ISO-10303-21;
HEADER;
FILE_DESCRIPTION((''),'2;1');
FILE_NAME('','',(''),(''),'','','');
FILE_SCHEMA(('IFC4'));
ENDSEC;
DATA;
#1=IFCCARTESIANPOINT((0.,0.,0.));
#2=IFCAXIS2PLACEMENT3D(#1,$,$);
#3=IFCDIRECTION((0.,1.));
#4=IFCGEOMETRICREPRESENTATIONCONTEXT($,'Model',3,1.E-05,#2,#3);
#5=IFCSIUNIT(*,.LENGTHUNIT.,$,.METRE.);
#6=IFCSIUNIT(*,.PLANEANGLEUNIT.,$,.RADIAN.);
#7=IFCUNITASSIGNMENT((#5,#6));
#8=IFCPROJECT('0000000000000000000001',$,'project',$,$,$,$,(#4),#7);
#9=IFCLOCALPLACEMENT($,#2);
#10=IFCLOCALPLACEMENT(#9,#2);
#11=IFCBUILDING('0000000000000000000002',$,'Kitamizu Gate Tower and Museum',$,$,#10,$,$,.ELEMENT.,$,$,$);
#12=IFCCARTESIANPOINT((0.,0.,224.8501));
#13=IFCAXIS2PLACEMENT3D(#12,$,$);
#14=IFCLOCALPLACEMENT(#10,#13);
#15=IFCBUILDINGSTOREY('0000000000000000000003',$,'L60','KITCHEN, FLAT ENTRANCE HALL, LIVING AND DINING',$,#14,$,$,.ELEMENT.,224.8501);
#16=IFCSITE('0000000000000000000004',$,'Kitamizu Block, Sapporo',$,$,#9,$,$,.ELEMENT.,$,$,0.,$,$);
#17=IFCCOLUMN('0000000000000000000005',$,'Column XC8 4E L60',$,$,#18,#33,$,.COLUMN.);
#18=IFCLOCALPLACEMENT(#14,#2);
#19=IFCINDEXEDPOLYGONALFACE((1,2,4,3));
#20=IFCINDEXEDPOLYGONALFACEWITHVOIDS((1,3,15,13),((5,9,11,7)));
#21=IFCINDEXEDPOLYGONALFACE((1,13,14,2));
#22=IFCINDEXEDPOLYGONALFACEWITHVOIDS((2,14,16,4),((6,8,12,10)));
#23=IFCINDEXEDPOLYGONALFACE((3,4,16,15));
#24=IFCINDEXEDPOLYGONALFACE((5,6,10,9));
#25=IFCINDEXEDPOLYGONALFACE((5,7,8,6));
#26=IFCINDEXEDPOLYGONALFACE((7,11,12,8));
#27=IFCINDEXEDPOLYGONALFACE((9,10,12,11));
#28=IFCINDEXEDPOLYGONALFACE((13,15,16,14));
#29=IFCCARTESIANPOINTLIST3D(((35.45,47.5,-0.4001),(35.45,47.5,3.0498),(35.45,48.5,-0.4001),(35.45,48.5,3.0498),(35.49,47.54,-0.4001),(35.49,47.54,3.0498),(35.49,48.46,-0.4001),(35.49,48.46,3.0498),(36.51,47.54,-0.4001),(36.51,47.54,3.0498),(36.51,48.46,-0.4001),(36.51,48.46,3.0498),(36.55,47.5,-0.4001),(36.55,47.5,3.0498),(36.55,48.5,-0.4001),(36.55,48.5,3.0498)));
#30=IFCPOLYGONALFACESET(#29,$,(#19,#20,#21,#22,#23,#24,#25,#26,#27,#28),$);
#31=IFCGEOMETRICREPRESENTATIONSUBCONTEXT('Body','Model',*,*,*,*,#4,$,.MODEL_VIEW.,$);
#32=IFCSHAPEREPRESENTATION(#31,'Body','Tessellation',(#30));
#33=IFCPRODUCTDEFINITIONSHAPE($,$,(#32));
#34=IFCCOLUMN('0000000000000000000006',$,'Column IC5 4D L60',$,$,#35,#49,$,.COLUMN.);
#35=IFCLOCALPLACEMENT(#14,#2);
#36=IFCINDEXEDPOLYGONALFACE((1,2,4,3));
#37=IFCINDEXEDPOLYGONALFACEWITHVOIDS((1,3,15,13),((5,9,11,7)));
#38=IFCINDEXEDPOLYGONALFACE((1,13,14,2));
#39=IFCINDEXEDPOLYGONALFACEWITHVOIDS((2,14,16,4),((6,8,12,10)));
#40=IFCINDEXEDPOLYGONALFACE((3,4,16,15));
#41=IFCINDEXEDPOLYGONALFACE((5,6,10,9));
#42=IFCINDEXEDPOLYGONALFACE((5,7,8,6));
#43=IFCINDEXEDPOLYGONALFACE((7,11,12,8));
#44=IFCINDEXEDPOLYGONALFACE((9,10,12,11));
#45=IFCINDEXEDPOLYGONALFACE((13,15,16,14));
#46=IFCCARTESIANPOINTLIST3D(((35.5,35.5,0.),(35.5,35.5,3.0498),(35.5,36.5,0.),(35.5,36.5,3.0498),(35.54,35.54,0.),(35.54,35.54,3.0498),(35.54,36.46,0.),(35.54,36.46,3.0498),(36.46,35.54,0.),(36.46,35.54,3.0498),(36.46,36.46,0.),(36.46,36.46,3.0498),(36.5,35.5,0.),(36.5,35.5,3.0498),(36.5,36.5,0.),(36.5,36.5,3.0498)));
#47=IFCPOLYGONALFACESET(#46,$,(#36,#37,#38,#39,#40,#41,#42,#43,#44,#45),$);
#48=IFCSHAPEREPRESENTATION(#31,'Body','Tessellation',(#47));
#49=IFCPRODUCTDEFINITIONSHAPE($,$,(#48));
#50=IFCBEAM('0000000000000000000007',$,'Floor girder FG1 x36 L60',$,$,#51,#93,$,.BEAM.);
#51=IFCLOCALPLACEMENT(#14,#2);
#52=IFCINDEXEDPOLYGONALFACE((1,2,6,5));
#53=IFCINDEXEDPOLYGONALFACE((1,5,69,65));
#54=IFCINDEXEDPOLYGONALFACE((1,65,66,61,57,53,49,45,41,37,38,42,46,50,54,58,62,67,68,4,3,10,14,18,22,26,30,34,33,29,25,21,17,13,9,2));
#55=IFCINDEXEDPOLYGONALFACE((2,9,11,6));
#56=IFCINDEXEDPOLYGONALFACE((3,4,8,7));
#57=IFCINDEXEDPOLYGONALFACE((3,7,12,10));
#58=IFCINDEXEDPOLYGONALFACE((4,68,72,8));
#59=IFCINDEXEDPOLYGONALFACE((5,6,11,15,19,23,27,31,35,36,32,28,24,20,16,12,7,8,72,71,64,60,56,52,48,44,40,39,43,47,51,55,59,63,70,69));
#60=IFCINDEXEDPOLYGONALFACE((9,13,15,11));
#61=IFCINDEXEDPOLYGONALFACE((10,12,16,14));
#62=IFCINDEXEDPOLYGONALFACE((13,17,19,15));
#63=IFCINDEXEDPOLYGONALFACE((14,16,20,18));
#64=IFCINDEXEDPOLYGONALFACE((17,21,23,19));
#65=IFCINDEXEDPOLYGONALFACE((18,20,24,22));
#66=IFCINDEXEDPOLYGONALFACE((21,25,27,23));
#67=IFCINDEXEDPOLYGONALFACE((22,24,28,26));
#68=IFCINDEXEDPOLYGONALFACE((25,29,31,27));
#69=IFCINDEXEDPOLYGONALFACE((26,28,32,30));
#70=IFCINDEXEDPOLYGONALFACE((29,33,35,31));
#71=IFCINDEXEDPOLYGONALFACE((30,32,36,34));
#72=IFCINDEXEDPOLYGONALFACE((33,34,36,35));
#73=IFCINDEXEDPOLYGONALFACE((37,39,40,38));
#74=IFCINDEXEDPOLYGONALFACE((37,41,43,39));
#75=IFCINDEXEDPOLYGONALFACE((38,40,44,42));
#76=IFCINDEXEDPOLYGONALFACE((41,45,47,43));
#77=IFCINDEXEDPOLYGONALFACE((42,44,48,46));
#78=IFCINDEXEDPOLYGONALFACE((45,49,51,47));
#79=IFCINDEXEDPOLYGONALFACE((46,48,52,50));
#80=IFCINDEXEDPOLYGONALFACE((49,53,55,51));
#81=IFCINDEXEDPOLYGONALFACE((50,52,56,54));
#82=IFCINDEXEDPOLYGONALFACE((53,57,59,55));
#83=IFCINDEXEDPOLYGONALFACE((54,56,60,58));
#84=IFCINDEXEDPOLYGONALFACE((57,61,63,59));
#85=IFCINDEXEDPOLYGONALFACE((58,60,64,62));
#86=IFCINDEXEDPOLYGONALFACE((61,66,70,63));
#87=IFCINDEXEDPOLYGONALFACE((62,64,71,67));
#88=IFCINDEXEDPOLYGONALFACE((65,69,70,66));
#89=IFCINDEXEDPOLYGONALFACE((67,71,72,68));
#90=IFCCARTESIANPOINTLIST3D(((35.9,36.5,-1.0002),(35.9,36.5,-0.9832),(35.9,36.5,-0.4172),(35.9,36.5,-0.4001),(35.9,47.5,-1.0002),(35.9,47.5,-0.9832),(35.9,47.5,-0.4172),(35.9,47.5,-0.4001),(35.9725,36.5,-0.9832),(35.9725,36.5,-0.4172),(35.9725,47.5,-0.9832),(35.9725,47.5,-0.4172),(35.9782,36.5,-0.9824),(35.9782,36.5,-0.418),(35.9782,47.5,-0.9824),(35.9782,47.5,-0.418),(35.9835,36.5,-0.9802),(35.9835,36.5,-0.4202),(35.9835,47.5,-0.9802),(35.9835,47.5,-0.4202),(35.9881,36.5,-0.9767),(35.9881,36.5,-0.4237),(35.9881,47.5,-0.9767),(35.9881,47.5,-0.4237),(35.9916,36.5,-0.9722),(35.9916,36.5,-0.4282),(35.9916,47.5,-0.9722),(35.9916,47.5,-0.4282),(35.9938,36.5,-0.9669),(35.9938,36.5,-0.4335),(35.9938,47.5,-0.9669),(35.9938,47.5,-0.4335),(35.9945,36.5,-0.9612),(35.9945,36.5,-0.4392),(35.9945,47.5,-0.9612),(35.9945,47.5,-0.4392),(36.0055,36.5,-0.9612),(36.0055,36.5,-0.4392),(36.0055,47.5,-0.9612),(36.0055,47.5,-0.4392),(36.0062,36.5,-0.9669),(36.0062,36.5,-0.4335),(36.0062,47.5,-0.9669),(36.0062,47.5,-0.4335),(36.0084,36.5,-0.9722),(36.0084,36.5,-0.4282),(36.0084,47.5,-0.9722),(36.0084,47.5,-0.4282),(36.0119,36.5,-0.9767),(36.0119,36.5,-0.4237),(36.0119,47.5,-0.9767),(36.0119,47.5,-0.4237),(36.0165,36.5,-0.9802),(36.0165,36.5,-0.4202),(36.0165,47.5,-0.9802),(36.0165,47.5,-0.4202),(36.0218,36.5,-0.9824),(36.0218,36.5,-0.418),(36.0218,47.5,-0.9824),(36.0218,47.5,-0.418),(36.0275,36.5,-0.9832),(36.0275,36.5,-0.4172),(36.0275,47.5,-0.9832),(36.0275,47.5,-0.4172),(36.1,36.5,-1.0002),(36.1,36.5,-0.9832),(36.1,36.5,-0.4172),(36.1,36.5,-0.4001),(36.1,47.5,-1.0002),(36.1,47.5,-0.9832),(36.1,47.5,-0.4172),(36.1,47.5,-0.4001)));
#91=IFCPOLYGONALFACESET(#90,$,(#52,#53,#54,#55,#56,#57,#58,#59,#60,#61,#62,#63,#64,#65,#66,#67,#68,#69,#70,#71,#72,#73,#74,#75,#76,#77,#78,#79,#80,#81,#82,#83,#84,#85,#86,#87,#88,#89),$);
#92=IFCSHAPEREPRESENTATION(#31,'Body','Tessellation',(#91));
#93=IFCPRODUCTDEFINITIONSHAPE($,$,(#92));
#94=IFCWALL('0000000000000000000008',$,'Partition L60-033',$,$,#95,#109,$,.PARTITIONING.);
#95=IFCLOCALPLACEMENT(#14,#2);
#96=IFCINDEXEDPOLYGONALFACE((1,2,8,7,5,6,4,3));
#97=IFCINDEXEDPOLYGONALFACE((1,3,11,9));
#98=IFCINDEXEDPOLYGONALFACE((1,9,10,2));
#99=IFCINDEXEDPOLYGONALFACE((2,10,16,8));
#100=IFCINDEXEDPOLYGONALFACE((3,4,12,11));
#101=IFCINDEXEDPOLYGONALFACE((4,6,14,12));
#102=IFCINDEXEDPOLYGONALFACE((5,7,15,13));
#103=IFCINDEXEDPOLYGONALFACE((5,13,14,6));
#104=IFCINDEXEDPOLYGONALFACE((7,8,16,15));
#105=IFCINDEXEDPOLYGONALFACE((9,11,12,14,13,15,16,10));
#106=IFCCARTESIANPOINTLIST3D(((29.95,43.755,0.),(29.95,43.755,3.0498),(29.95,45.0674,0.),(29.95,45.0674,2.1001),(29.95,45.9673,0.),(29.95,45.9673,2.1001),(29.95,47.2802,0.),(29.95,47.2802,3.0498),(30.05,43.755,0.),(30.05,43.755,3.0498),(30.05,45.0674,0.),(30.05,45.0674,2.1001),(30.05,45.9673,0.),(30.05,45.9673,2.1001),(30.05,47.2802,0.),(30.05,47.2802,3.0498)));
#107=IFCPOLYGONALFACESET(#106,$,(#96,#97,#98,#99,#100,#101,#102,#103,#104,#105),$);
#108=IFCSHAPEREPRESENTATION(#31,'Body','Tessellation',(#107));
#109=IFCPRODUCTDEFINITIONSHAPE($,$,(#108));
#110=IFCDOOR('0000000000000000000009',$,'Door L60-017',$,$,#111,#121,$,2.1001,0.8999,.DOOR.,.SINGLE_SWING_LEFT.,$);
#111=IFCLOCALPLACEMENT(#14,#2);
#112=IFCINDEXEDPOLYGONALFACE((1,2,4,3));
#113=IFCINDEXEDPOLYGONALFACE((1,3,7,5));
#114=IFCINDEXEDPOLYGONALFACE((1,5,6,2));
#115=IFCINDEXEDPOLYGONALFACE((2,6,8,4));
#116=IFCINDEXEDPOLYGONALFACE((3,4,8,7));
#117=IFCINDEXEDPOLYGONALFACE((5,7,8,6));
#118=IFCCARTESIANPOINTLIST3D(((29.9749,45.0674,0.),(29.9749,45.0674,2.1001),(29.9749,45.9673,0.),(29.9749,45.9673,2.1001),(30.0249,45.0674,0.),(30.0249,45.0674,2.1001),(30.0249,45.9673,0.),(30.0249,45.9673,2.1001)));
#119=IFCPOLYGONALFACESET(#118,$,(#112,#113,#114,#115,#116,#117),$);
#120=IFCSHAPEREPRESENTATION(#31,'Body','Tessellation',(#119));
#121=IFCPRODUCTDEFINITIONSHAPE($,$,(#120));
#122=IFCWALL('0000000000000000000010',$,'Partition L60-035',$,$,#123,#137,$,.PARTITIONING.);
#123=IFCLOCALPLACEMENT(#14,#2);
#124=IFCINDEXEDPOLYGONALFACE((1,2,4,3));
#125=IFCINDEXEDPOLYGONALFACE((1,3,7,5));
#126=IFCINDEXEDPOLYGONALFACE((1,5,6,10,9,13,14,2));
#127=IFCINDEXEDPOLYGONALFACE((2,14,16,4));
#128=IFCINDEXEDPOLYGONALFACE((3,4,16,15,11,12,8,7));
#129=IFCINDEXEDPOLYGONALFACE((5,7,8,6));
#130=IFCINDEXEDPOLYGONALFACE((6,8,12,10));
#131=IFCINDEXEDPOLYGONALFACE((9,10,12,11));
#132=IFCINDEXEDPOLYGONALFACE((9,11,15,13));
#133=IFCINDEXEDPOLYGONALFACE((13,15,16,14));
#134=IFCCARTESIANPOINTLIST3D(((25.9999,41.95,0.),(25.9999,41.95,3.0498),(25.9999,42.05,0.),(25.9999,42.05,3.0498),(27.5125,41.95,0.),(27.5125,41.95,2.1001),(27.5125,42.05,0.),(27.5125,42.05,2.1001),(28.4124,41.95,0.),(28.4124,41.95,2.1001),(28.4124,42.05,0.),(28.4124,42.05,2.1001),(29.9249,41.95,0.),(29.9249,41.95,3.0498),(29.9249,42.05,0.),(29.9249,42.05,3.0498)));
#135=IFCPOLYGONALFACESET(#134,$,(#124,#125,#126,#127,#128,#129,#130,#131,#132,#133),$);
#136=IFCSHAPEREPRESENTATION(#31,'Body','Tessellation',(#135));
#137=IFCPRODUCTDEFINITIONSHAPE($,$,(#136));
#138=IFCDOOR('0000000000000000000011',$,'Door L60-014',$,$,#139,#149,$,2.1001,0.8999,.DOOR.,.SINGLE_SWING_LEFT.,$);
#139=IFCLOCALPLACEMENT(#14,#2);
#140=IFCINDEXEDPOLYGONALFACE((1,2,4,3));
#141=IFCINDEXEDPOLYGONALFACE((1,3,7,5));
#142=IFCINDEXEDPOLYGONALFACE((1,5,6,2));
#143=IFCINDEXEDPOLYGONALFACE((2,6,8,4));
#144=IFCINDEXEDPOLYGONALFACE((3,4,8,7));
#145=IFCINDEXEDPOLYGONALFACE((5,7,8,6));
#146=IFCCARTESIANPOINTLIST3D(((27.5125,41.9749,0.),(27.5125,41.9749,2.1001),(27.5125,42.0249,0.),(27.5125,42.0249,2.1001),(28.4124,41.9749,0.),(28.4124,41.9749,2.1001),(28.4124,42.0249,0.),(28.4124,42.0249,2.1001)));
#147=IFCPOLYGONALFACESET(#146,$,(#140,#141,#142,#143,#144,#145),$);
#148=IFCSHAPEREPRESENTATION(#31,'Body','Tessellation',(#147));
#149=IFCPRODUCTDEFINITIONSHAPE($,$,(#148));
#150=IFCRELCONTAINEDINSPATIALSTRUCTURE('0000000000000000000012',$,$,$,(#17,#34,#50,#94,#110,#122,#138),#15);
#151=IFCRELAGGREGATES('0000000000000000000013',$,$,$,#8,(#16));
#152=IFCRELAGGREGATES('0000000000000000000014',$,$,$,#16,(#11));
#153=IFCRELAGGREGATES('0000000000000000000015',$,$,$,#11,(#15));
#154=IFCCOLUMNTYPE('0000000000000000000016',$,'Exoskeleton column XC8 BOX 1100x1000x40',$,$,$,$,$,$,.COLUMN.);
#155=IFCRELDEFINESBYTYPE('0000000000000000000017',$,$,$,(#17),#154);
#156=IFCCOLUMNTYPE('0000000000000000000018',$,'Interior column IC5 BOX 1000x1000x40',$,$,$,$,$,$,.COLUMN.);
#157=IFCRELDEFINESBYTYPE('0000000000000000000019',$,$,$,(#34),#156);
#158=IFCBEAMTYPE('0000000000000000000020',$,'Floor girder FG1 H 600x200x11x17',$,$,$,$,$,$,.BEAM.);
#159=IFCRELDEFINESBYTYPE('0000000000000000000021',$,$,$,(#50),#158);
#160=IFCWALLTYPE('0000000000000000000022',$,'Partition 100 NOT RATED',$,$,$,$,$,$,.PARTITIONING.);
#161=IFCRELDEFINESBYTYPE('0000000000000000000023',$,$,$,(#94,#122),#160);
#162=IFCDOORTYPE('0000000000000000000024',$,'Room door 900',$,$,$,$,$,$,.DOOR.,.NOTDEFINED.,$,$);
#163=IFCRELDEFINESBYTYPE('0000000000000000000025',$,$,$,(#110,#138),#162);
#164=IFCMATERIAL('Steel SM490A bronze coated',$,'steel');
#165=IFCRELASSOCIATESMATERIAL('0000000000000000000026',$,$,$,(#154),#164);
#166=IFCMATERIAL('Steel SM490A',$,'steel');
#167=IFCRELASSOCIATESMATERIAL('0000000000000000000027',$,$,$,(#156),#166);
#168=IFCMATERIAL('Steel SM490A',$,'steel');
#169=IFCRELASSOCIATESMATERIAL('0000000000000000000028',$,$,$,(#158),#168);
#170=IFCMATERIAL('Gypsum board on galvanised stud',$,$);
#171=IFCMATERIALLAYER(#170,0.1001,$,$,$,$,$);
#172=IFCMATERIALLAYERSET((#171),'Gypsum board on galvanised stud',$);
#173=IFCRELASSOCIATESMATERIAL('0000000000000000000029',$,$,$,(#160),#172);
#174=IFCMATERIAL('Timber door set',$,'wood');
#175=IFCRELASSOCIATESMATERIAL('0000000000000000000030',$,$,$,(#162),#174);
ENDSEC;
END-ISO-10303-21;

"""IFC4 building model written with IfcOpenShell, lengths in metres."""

from ifc_helpers import new_model, si_unit, direction, frame, frame_2d, origin, origin_2d, place, context, subcontext, project, spatial, rectangle, hollow_rectangle, i_section, extrude, material, layer, layer_set, material_profile, profile_set, type_object, element, fill, save


model = new_model("IFC4")

# Units and contexts
model_context = context("Model", 3, precision=1e-05, world=origin(), true_north=direction((0.0, 1.0)))
body_context = subcontext(model_context, "Body", "Model", "MODEL_VIEW")
ifc_project = project(units=[si_unit("LENGTHUNIT", "METRE"), si_unit("PLANEANGLEUNIT", "RADIAN")], contexts=[model_context])

# Site, building, storey
site_placement = place(None, origin())
site = spatial("IfcSite", under=ifc_project, at=site_placement, Name="Kitamizu Block, Sapporo", CompositionType="ELEMENT", RefElevation=0.0)
building_placement = place(site_placement, origin())
building = spatial("IfcBuilding", under=site, at=building_placement, Name="Kitamizu Gate Tower and Museum", CompositionType="ELEMENT")
storey_placement = place(building_placement, frame((0.0, 0.0, 224.8501)))
storey = spatial("IfcBuildingStorey", under=building, at=storey_placement, Name="L60", Description="KITCHEN, FLAT ENTRANCE HALL, LIVING AND DINING", CompositionType="ELEMENT", Elevation=224.8501)

# Columns
ifc_material_1 = material(Name="Steel SM490A bronze coated", Category="steel")
ifc_material_profile_1 = material_profile(ifc_material_1, hollow_rectangle(XDim=1.1001, YDim=1.0, WallThickness=0.04, at=origin_2d()), Name="BOX 1100x1000x40")
ifc_profile_set_1 = profile_set([ifc_material_profile_1], Name="Steel SM490A bronze coated")
column_type_1 = type_object("IfcColumnType", Name="Exoskeleton column XC8 BOX 1100x1000x40", PredefinedType="COLUMN", material=ifc_profile_set_1)
column_1_placement = place(storey_placement, frame((36.0, 48.0, -0.4001), z_axis=(0.0, 0.0, 1.0), x_axis=(1.0, 0.0, 0.0)))
element("IfcColumn", 1, at=column_1_placement, inside=storey, type_object=column_type_1, Name="Column XC8 4E L60", PredefinedType="COLUMN", context=body_context, shape_type="SweptSolid", body=[
    extrude(hollow_rectangle(XDim=1.1001, YDim=1.0, WallThickness=0.04, at=origin_2d()), origin(), (0.0, 0.0, 1.0), 3.45),
])
ifc_material_2 = material(Name="Steel SM490A", Category="steel")
ifc_material_profile_2 = material_profile(ifc_material_2, hollow_rectangle(XDim=1.0, YDim=1.0, WallThickness=0.04, at=origin_2d()), Name="BOX 1000x1000x40")
ifc_profile_set_2 = profile_set([ifc_material_profile_2], Name="Steel SM490A")
column_type_2 = type_object("IfcColumnType", Name="Interior column IC5 BOX 1000x1000x40", PredefinedType="COLUMN", material=ifc_profile_set_2)
column_2_placement = place(storey_placement, frame((36.0, 36.0, 0.0), z_axis=(0.0, 0.0, 1.0), x_axis=(1.0, 0.0, 0.0)))
element("IfcColumn", 2, at=column_2_placement, inside=storey, type_object=column_type_2, Name="Column IC5 4D L60", PredefinedType="COLUMN", context=body_context, shape_type="SweptSolid", body=[
    extrude(hollow_rectangle(XDim=1.0, YDim=1.0, WallThickness=0.04, at=origin_2d()), origin(), (0.0, 0.0, 1.0), 3.0498),
])

# Beam
ifc_material_3 = material(Name="Steel SM490A", Category="steel")
ifc_material_profile_3 = material_profile(ifc_material_3, i_section(OverallWidth=0.2, OverallDepth=0.6001, WebThickness=0.011, FlangeThickness=0.0171, FilletRadius=0.022, at=origin_2d()), Name="H-600x200x11x17")
ifc_profile_set_3 = profile_set([ifc_material_profile_3], Name="Steel SM490A")
beam_type = type_object("IfcBeamType", Name="Floor girder FG1 H 600x200x11x17", PredefinedType="BEAM", material=ifc_profile_set_3)
beam_placement = place(storey_placement, frame((36.0, 36.5, -0.7002), z_axis=(0.0, 1.0, 0.0), x_axis=(-1.0, 0.0, 0.0)))
element("IfcBeam", 3, at=beam_placement, inside=storey, type_object=beam_type, Name="Floor girder FG1 x36 L60", PredefinedType="BEAM", context=body_context, shape_type="SweptSolid", body=[
    extrude(i_section(OverallWidth=0.2, OverallDepth=0.6001, WebThickness=0.011, FlangeThickness=0.0171, FilletRadius=0.022, at=origin_2d()), origin(), (0.0, 0.0, 1.0), 11.0),
])

# Walls, openings, doors
ifc_material_4 = material(Name="Gypsum board on galvanised stud")
ifc_layer_1 = layer(ifc_material_4, 0.1001)
ifc_layer_set_1 = layer_set([ifc_layer_1], Name="Gypsum board on galvanised stud")
wall_type_1 = type_object("IfcWallType", Name="Partition 100 NOT RATED", PredefinedType="PARTITIONING", material=ifc_layer_set_1)
wall_1_placement = place(storey_placement, frame((30.0, 43.7549, 0.0), z_axis=(0.0, 0.0, 1.0), x_axis=(0.0, 1.0, 0.0)))
wall_1 = element("IfcWall", 4, at=wall_1_placement, inside=storey, type_object=wall_type_1, Name="Partition L60-033", PredefinedType="PARTITIONING", context=body_context, shape_type="SweptSolid", body=[
    extrude(rectangle(XDim=3.5251, YDim=0.1001, at=frame_2d((1.7627, 0.0))), origin(), (0.0, 0.0, 1.0), 3.0498),
])
opening_1_placement = place(wall_1_placement, frame((1.3125, 0.0, 0.0)))
opening_1 = element("IfcOpeningElement", 5, at=opening_1_placement, cuts=wall_1, PredefinedType="OPENING", context=body_context, shape_type="SweptSolid", body=[
    extrude(rectangle(XDim=0.8999, YDim=2.1001, at=frame_2d((0.45, 1.05))), frame((0.0, 0.0601, 0.0), z_axis=(0.0, -1.0, 0.0), x_axis=(1.0, 0.0, 0.0)), (0.0, 0.0, 1.0), 0.1201),
])
ifc_material_5 = material(Name="Timber door set", Category="wood")
door_type_1 = type_object("IfcDoorType", Name="Room door 900", OperationType="NOTDEFINED", PredefinedType="DOOR", material=ifc_material_5)
door_1_placement = place(opening_1_placement, frame((0.8999, 0.0, 0.0), x_axis=(-1.0, 0.0, 0.0)))
door_1 = element("IfcDoor", 6, at=door_1_placement, inside=storey, type_object=door_type_1, Name="Door L60-017", OperationType="SINGLE_SWING_LEFT", OverallHeight=2.1001, OverallWidth=0.8999, PredefinedType="DOOR", context=body_context, shape_type="SweptSolid", body=[
    extrude(rectangle(XDim=0.8999, YDim=2.1001, at=frame_2d((0.45, 1.05))), frame((0.0, 0.0249, 0.0), z_axis=(0.0, -1.0, 0.0), x_axis=(1.0, 0.0, 0.0)), (0.0, 0.0, 1.0), 0.05),
])
fill(opening_1, door_1)
wall_2_placement = place(storey_placement, frame((26.0, 42.0, 0.0), z_axis=(0.0, 0.0, 1.0), x_axis=(1.0, 0.0, 0.0)))
wall_2 = element("IfcWall", 7, at=wall_2_placement, inside=storey, type_object=wall_type_1, Name="Partition L60-035", PredefinedType="PARTITIONING", context=body_context, shape_type="SweptSolid", body=[
    extrude(rectangle(XDim=3.925, YDim=0.1001, at=frame_2d((1.9624, 0.0))), origin(), (0.0, 0.0, 1.0), 3.0498),
])
opening_2_placement = place(wall_2_placement, frame((1.5125, 0.0, 0.0)))
opening_2 = element("IfcOpeningElement", 8, at=opening_2_placement, cuts=wall_2, PredefinedType="OPENING", context=body_context, shape_type="SweptSolid", body=[
    extrude(rectangle(XDim=0.8999, YDim=2.1001, at=frame_2d((0.45, 1.05))), frame((0.0, 0.0601, 0.0), z_axis=(0.0, -1.0, 0.0), x_axis=(1.0, 0.0, 0.0)), (0.0, 0.0, 1.0), 0.1201),
])
door_2_placement = place(opening_2_placement, origin())
door_2 = element("IfcDoor", 9, at=door_2_placement, inside=storey, type_object=door_type_1, Name="Door L60-014", OperationType="SINGLE_SWING_LEFT", OverallHeight=2.1001, OverallWidth=0.8999, PredefinedType="DOOR", context=body_context, shape_type="SweptSolid", body=[
    extrude(rectangle(XDim=0.8999, YDim=2.1001, at=frame_2d((0.45, 1.05))), frame((0.0, 0.0249, 0.0), z_axis=(0.0, -1.0, 0.0), x_axis=(1.0, 0.0, 0.0)), (0.0, 0.0, 1.0), 0.05),
])
fill(opening_2, door_2)

save(model, "model.ifc")
